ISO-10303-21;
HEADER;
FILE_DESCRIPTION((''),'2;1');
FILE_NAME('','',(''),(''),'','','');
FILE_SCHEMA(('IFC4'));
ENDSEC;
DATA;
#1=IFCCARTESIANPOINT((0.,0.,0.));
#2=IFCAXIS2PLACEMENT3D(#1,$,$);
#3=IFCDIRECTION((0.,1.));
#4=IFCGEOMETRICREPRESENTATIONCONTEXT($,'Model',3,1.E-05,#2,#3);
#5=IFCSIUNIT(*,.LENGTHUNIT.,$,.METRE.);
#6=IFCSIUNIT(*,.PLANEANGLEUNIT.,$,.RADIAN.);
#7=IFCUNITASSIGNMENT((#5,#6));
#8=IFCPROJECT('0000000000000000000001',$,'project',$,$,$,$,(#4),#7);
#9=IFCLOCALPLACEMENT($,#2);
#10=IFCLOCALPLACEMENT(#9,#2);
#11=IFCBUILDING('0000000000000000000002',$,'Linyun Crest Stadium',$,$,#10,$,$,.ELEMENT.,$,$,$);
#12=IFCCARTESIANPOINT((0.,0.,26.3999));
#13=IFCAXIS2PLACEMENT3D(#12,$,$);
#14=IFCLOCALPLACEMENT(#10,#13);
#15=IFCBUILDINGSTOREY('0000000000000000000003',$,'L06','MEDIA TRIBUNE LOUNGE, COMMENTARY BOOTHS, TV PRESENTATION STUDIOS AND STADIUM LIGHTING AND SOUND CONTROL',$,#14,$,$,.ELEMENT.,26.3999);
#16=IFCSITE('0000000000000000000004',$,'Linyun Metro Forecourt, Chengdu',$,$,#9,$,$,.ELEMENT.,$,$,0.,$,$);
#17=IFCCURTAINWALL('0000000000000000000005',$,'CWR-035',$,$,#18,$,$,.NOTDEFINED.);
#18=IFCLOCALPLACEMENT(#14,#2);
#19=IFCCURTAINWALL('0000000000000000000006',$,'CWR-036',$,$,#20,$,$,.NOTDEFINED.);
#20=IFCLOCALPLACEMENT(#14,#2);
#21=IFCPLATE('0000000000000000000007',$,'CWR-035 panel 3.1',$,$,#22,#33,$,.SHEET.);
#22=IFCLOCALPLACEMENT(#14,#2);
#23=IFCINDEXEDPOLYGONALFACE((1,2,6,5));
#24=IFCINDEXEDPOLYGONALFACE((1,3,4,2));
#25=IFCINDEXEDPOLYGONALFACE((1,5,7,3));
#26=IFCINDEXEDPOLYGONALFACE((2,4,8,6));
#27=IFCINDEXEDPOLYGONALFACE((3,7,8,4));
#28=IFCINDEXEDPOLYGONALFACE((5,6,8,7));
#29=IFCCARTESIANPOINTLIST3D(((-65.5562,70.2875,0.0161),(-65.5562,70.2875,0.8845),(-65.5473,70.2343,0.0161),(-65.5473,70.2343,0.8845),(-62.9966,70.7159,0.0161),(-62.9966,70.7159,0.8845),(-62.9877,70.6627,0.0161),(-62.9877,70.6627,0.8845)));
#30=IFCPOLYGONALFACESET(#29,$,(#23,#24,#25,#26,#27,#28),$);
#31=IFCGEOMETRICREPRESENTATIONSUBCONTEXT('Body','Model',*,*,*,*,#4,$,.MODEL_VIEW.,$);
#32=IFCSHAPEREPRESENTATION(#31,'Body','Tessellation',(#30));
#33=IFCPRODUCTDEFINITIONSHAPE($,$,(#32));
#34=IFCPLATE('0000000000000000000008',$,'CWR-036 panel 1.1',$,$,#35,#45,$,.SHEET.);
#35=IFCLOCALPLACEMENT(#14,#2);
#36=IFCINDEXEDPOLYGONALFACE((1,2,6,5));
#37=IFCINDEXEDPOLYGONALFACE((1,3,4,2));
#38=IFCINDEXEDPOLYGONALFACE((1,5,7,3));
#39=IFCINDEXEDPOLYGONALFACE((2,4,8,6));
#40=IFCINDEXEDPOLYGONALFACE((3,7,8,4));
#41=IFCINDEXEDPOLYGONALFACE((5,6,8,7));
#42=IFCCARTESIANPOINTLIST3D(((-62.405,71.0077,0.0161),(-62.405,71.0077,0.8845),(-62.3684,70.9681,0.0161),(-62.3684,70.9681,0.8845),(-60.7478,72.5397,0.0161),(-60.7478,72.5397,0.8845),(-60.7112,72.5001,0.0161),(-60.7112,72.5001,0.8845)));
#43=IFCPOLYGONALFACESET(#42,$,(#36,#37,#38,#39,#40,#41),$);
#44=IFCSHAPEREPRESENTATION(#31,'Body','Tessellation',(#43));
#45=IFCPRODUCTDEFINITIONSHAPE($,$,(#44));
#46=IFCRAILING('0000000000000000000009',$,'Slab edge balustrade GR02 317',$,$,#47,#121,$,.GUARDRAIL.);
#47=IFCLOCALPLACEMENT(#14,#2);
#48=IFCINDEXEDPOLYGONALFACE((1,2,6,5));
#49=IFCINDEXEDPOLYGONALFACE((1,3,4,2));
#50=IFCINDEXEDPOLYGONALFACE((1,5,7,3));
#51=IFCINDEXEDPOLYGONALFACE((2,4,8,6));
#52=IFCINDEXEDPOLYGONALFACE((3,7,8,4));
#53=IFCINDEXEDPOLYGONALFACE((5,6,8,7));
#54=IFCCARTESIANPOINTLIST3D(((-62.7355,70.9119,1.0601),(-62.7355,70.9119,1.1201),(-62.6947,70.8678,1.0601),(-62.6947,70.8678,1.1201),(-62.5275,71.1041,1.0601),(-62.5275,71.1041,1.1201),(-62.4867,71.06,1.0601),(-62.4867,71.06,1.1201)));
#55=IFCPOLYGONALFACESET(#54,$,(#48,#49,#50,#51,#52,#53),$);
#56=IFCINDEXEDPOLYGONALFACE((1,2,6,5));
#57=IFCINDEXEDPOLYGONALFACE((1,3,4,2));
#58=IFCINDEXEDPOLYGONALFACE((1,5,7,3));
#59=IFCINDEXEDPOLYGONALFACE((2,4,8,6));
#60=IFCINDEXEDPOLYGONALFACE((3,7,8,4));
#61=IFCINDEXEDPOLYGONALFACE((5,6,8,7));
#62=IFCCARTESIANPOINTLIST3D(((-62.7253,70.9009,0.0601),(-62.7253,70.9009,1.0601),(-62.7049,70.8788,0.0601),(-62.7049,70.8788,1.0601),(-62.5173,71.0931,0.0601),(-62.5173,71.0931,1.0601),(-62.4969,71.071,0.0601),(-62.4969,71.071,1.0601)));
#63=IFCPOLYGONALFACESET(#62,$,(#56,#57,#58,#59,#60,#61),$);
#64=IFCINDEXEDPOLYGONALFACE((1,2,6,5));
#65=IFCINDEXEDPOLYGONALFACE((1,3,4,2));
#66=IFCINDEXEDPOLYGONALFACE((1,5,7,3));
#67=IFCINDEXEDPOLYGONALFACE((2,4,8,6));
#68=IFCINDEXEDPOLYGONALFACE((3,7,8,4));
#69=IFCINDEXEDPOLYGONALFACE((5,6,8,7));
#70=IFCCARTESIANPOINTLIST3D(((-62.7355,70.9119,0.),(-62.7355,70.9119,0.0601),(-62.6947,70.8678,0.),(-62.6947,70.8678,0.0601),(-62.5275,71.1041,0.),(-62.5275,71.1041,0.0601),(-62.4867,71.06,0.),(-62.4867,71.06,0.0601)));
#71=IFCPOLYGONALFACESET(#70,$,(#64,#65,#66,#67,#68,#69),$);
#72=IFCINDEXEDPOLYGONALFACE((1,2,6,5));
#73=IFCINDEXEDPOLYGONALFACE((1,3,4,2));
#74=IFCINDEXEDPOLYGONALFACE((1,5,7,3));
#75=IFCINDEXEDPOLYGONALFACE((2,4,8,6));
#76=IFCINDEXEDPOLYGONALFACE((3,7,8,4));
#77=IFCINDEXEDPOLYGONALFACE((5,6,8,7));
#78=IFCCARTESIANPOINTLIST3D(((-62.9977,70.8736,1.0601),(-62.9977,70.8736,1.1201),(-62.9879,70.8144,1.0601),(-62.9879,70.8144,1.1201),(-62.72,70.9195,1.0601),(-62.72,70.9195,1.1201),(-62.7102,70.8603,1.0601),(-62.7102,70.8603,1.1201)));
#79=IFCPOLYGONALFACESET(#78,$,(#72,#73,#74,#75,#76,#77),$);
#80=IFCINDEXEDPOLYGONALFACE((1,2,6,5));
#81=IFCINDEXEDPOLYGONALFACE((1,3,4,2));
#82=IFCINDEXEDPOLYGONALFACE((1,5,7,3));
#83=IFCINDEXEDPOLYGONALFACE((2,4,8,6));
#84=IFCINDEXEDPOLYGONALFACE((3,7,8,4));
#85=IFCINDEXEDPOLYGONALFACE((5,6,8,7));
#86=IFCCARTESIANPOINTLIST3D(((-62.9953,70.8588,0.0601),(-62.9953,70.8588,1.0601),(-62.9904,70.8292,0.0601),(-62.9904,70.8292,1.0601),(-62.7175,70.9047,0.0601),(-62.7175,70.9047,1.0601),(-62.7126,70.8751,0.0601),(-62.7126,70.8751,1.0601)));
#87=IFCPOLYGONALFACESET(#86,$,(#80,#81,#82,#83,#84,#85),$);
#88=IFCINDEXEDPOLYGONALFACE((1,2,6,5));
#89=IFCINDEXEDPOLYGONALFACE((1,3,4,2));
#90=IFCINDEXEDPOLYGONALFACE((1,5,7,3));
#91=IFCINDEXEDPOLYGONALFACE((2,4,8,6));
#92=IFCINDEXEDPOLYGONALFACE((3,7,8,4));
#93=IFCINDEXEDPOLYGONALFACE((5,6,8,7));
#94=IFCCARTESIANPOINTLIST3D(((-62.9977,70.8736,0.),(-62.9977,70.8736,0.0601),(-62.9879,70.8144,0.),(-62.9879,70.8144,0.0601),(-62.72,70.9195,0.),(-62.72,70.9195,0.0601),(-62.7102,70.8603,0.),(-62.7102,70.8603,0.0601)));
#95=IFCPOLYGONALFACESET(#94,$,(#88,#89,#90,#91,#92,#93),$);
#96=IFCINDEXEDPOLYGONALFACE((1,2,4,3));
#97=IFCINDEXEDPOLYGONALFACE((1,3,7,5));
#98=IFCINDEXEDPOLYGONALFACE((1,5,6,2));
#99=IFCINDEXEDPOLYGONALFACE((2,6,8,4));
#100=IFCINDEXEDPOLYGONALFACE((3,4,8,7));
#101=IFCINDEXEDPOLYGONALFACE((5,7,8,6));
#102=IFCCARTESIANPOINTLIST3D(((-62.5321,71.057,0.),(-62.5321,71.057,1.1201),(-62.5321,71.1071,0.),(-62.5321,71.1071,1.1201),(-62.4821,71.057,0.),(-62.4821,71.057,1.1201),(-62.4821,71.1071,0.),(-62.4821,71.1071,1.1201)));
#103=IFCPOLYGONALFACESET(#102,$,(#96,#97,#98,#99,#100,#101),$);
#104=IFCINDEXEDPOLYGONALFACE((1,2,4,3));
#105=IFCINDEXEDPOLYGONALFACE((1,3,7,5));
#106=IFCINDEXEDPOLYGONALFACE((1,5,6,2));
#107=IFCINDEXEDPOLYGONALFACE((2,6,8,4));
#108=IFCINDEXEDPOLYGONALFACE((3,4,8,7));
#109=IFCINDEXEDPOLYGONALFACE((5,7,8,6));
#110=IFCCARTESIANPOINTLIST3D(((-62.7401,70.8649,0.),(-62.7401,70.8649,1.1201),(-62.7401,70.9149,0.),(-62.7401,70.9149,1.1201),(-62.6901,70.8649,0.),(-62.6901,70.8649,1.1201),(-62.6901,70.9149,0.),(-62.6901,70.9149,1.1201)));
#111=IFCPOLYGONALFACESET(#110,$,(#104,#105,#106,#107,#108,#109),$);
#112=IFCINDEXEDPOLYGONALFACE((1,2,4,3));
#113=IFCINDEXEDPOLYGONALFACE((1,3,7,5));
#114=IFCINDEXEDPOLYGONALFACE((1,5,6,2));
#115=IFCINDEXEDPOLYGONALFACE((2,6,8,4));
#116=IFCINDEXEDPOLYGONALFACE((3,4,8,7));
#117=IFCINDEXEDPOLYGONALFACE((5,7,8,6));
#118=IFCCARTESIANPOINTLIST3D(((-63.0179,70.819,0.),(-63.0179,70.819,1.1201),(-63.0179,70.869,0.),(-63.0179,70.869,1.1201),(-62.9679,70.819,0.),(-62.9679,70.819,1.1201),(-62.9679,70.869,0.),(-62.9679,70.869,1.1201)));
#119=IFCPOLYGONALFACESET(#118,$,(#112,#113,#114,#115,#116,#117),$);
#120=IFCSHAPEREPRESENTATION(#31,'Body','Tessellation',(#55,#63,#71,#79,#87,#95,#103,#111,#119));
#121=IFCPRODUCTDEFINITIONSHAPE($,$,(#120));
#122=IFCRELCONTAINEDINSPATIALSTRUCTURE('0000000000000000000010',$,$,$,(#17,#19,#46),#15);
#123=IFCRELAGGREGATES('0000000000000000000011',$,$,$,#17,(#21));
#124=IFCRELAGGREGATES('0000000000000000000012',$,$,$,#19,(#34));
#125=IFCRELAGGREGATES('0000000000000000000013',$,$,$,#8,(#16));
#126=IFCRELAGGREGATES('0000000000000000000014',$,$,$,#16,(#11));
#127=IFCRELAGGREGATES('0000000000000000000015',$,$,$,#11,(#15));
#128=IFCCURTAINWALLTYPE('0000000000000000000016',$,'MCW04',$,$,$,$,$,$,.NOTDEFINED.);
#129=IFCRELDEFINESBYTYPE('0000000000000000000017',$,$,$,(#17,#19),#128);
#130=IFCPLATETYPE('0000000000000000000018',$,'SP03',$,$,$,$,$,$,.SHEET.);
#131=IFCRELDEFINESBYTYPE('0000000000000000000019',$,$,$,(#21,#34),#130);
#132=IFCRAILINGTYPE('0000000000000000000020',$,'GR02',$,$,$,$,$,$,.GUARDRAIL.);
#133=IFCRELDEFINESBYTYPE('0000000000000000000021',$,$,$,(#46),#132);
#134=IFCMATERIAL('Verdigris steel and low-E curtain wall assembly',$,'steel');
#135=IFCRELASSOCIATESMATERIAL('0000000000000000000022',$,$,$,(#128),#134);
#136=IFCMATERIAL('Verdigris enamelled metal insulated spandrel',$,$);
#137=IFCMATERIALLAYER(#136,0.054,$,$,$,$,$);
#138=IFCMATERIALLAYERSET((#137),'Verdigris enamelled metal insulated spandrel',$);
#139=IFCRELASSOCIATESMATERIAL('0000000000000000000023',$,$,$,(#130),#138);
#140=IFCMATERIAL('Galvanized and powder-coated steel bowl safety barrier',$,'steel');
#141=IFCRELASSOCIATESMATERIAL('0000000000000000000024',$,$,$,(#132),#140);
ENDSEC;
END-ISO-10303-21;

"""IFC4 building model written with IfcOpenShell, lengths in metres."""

from ifc_helpers import new_model, si_unit, direction, frame, origin, origin_2d, place, context, subcontext, project, spatial, rectangle, extrude, material, layer, layer_set, type_object, element, aggregate, save


model = new_model("IFC4")

# Units and contexts
model_context = context("Model", 3, precision=1e-05, world=origin(), true_north=direction((0.0, 1.0)))
body_context = subcontext(model_context, "Body", "Model", "MODEL_VIEW")
ifc_project = project(units=[si_unit("LENGTHUNIT", "METRE"), si_unit("PLANEANGLEUNIT", "RADIAN")], contexts=[model_context])

# Site, building, storey
site_placement = place(None, origin())
site = spatial("IfcSite", under=ifc_project, at=site_placement, Name="Linyun Metro Forecourt, Chengdu", CompositionType="ELEMENT", RefElevation=0.0)
building_placement = place(site_placement, origin())
building = spatial("IfcBuilding", under=site, at=building_placement, Name="Linyun Crest Stadium", CompositionType="ELEMENT")
storey_placement = place(building_placement, frame((0.0, 0.0, 26.3999)))
storey = spatial("IfcBuildingStorey", under=building, at=storey_placement, Name="L06", Description="MEDIA TRIBUNE LOUNGE, COMMENTARY BOOTHS, TV PRESENTATION STUDIOS AND STADIUM LIGHTING AND SOUND CONTROL", CompositionType="ELEMENT", Elevation=26.3999)

# Curtain walls
ifc_material_1 = material(Name="Verdigris steel and low-E curtain wall assembly", Category="steel")
curtain_wall_type = type_object("IfcCurtainWallType", Name="MCW04", PredefinedType="NOTDEFINED", material=ifc_material_1)
curtain_wall_1_placement = place(storey_placement, origin())
curtain_wall_1 = element("IfcCurtainWall", 1, at=curtain_wall_1_placement, inside=storey, type_object=curtain_wall_type, Name="CWR-035", PredefinedType="NOTDEFINED")
curtain_wall_2_placement = place(storey_placement, origin())
curtain_wall_2 = element("IfcCurtainWall", 2, at=curtain_wall_2_placement, inside=storey, type_object=curtain_wall_type, Name="CWR-036", PredefinedType="NOTDEFINED")

# Plates
ifc_material_2 = material(Name="Verdigris enamelled metal insulated spandrel")
ifc_layer_1 = layer(ifc_material_2, 0.054)
ifc_layer_set_1 = layer_set([ifc_layer_1], Name="Verdigris enamelled metal insulated spandrel")
plate_type_1 = type_object("IfcPlateType", Name="SP03", PredefinedType="SHEET", material=ifc_layer_set_1)
plate_1_placement = place(storey_placement, frame((-64.272, 70.4751, 0.0161), z_axis=(0.0, 0.0, 1.0), x_axis=(0.986283, 0.165065, 0.0)))
plate_1 = element("IfcPlate", 3, at=plate_1_placement, type_object=plate_type_1, Name="CWR-035 panel 3.1", PredefinedType="SHEET", context=body_context, shape_type="SweptSolid", body=[
    extrude(rectangle(XDim=2.5952, YDim=0.054, at=origin_2d()), origin(), (0.0, 0.0, 1.0), 0.8684),
])
aggregate(curtain_wall_1, [plate_1])
plate_2_placement = place(storey_placement, frame((-61.5581, 71.7539, 0.0161), z_axis=(0.0, 0.0, 1.0), x_axis=(0.734299, 0.678826, 0.0)))
plate_2 = element("IfcPlate", 4, at=plate_2_placement, type_object=plate_type_1, Name="CWR-036 panel 1.1", PredefinedType="SHEET", context=body_context, shape_type="SweptSolid", body=[
    extrude(rectangle(XDim=2.2568, YDim=0.054, at=origin_2d()), origin(), (0.0, 0.0, 1.0), 0.8684),
])
aggregate(curtain_wall_2, [plate_2])

# Railing
ifc_material_3 = material(Name="Galvanized and powder-coated steel bowl safety barrier", Category="steel")
railing_type = type_object("IfcRailingType", Name="GR02", PredefinedType="GUARDRAIL", material=ifc_material_3)
railing_placement = place(storey_placement, frame((-62.5071, 71.082, 0.0)))
element("IfcRailing", 5, at=railing_placement, inside=storey, type_object=railing_type, Name="Slab edge balustrade GR02 317", PredefinedType="GUARDRAIL", context=body_context, shape_type="SweptSolid", body=[
    extrude(rectangle(XDim=0.0601, YDim=0.0601, at=origin_2d()), frame((0.0, 0.0, 1.0901), z_axis=(-0.734572, -0.678531, 0.0), x_axis=(0.678531, -0.734572, 0.0)), (0.0, 0.0, 1.0), 0.2832),
    extrude(rectangle(XDim=0.03, YDim=1.0, at=origin_2d()), frame((0.0, 0.0, 0.5601), z_axis=(-0.734572, -0.678531, 0.0), x_axis=(0.678531, -0.734572, 0.0)), (0.0, 0.0, 1.0), 0.2832),
    extrude(rectangle(XDim=0.0601, YDim=0.0601, at=origin_2d()), frame((0.0, 0.0, 0.03), z_axis=(-0.734572, -0.678531, 0.0), x_axis=(0.678531, -0.734572, 0.0)), (0.0, 0.0, 1.0), 0.2832),
    extrude(rectangle(XDim=0.0601, YDim=0.0601, at=origin_2d()), frame((-0.208, -0.1921, 1.0901), z_axis=(-0.986627, -0.162993, 0.0), x_axis=(0.162993, -0.986627, 0.0)), (0.0, 0.0, 1.0), 0.2815),
    extrude(rectangle(XDim=0.03, YDim=1.0, at=origin_2d()), frame((-0.208, -0.1921, 0.5601), z_axis=(-0.986627, -0.162993, 0.0), x_axis=(0.162993, -0.986627, 0.0)), (0.0, 0.0, 1.0), 0.2815),
    extrude(rectangle(XDim=0.0601, YDim=0.0601, at=origin_2d()), frame((-0.208, -0.1921, 0.03), z_axis=(-0.986627, -0.162993, 0.0), x_axis=(0.162993, -0.986627, 0.0)), (0.0, 0.0, 1.0), 0.2815),
    extrude(rectangle(XDim=0.05, YDim=0.05, at=origin_2d()), origin(), (0.0, 0.0, 1.0), 1.1201),
    extrude(rectangle(XDim=0.05, YDim=0.05, at=origin_2d()), frame((-0.208, -0.1921, 0.0)), (0.0, 0.0, 1.0), 1.1201),
    extrude(rectangle(XDim=0.05, YDim=0.05, at=origin_2d()), frame((-0.4858, -0.238, 0.0)), (0.0, 0.0, 1.0), 1.1201),
])

save(model, "model.ifc")
